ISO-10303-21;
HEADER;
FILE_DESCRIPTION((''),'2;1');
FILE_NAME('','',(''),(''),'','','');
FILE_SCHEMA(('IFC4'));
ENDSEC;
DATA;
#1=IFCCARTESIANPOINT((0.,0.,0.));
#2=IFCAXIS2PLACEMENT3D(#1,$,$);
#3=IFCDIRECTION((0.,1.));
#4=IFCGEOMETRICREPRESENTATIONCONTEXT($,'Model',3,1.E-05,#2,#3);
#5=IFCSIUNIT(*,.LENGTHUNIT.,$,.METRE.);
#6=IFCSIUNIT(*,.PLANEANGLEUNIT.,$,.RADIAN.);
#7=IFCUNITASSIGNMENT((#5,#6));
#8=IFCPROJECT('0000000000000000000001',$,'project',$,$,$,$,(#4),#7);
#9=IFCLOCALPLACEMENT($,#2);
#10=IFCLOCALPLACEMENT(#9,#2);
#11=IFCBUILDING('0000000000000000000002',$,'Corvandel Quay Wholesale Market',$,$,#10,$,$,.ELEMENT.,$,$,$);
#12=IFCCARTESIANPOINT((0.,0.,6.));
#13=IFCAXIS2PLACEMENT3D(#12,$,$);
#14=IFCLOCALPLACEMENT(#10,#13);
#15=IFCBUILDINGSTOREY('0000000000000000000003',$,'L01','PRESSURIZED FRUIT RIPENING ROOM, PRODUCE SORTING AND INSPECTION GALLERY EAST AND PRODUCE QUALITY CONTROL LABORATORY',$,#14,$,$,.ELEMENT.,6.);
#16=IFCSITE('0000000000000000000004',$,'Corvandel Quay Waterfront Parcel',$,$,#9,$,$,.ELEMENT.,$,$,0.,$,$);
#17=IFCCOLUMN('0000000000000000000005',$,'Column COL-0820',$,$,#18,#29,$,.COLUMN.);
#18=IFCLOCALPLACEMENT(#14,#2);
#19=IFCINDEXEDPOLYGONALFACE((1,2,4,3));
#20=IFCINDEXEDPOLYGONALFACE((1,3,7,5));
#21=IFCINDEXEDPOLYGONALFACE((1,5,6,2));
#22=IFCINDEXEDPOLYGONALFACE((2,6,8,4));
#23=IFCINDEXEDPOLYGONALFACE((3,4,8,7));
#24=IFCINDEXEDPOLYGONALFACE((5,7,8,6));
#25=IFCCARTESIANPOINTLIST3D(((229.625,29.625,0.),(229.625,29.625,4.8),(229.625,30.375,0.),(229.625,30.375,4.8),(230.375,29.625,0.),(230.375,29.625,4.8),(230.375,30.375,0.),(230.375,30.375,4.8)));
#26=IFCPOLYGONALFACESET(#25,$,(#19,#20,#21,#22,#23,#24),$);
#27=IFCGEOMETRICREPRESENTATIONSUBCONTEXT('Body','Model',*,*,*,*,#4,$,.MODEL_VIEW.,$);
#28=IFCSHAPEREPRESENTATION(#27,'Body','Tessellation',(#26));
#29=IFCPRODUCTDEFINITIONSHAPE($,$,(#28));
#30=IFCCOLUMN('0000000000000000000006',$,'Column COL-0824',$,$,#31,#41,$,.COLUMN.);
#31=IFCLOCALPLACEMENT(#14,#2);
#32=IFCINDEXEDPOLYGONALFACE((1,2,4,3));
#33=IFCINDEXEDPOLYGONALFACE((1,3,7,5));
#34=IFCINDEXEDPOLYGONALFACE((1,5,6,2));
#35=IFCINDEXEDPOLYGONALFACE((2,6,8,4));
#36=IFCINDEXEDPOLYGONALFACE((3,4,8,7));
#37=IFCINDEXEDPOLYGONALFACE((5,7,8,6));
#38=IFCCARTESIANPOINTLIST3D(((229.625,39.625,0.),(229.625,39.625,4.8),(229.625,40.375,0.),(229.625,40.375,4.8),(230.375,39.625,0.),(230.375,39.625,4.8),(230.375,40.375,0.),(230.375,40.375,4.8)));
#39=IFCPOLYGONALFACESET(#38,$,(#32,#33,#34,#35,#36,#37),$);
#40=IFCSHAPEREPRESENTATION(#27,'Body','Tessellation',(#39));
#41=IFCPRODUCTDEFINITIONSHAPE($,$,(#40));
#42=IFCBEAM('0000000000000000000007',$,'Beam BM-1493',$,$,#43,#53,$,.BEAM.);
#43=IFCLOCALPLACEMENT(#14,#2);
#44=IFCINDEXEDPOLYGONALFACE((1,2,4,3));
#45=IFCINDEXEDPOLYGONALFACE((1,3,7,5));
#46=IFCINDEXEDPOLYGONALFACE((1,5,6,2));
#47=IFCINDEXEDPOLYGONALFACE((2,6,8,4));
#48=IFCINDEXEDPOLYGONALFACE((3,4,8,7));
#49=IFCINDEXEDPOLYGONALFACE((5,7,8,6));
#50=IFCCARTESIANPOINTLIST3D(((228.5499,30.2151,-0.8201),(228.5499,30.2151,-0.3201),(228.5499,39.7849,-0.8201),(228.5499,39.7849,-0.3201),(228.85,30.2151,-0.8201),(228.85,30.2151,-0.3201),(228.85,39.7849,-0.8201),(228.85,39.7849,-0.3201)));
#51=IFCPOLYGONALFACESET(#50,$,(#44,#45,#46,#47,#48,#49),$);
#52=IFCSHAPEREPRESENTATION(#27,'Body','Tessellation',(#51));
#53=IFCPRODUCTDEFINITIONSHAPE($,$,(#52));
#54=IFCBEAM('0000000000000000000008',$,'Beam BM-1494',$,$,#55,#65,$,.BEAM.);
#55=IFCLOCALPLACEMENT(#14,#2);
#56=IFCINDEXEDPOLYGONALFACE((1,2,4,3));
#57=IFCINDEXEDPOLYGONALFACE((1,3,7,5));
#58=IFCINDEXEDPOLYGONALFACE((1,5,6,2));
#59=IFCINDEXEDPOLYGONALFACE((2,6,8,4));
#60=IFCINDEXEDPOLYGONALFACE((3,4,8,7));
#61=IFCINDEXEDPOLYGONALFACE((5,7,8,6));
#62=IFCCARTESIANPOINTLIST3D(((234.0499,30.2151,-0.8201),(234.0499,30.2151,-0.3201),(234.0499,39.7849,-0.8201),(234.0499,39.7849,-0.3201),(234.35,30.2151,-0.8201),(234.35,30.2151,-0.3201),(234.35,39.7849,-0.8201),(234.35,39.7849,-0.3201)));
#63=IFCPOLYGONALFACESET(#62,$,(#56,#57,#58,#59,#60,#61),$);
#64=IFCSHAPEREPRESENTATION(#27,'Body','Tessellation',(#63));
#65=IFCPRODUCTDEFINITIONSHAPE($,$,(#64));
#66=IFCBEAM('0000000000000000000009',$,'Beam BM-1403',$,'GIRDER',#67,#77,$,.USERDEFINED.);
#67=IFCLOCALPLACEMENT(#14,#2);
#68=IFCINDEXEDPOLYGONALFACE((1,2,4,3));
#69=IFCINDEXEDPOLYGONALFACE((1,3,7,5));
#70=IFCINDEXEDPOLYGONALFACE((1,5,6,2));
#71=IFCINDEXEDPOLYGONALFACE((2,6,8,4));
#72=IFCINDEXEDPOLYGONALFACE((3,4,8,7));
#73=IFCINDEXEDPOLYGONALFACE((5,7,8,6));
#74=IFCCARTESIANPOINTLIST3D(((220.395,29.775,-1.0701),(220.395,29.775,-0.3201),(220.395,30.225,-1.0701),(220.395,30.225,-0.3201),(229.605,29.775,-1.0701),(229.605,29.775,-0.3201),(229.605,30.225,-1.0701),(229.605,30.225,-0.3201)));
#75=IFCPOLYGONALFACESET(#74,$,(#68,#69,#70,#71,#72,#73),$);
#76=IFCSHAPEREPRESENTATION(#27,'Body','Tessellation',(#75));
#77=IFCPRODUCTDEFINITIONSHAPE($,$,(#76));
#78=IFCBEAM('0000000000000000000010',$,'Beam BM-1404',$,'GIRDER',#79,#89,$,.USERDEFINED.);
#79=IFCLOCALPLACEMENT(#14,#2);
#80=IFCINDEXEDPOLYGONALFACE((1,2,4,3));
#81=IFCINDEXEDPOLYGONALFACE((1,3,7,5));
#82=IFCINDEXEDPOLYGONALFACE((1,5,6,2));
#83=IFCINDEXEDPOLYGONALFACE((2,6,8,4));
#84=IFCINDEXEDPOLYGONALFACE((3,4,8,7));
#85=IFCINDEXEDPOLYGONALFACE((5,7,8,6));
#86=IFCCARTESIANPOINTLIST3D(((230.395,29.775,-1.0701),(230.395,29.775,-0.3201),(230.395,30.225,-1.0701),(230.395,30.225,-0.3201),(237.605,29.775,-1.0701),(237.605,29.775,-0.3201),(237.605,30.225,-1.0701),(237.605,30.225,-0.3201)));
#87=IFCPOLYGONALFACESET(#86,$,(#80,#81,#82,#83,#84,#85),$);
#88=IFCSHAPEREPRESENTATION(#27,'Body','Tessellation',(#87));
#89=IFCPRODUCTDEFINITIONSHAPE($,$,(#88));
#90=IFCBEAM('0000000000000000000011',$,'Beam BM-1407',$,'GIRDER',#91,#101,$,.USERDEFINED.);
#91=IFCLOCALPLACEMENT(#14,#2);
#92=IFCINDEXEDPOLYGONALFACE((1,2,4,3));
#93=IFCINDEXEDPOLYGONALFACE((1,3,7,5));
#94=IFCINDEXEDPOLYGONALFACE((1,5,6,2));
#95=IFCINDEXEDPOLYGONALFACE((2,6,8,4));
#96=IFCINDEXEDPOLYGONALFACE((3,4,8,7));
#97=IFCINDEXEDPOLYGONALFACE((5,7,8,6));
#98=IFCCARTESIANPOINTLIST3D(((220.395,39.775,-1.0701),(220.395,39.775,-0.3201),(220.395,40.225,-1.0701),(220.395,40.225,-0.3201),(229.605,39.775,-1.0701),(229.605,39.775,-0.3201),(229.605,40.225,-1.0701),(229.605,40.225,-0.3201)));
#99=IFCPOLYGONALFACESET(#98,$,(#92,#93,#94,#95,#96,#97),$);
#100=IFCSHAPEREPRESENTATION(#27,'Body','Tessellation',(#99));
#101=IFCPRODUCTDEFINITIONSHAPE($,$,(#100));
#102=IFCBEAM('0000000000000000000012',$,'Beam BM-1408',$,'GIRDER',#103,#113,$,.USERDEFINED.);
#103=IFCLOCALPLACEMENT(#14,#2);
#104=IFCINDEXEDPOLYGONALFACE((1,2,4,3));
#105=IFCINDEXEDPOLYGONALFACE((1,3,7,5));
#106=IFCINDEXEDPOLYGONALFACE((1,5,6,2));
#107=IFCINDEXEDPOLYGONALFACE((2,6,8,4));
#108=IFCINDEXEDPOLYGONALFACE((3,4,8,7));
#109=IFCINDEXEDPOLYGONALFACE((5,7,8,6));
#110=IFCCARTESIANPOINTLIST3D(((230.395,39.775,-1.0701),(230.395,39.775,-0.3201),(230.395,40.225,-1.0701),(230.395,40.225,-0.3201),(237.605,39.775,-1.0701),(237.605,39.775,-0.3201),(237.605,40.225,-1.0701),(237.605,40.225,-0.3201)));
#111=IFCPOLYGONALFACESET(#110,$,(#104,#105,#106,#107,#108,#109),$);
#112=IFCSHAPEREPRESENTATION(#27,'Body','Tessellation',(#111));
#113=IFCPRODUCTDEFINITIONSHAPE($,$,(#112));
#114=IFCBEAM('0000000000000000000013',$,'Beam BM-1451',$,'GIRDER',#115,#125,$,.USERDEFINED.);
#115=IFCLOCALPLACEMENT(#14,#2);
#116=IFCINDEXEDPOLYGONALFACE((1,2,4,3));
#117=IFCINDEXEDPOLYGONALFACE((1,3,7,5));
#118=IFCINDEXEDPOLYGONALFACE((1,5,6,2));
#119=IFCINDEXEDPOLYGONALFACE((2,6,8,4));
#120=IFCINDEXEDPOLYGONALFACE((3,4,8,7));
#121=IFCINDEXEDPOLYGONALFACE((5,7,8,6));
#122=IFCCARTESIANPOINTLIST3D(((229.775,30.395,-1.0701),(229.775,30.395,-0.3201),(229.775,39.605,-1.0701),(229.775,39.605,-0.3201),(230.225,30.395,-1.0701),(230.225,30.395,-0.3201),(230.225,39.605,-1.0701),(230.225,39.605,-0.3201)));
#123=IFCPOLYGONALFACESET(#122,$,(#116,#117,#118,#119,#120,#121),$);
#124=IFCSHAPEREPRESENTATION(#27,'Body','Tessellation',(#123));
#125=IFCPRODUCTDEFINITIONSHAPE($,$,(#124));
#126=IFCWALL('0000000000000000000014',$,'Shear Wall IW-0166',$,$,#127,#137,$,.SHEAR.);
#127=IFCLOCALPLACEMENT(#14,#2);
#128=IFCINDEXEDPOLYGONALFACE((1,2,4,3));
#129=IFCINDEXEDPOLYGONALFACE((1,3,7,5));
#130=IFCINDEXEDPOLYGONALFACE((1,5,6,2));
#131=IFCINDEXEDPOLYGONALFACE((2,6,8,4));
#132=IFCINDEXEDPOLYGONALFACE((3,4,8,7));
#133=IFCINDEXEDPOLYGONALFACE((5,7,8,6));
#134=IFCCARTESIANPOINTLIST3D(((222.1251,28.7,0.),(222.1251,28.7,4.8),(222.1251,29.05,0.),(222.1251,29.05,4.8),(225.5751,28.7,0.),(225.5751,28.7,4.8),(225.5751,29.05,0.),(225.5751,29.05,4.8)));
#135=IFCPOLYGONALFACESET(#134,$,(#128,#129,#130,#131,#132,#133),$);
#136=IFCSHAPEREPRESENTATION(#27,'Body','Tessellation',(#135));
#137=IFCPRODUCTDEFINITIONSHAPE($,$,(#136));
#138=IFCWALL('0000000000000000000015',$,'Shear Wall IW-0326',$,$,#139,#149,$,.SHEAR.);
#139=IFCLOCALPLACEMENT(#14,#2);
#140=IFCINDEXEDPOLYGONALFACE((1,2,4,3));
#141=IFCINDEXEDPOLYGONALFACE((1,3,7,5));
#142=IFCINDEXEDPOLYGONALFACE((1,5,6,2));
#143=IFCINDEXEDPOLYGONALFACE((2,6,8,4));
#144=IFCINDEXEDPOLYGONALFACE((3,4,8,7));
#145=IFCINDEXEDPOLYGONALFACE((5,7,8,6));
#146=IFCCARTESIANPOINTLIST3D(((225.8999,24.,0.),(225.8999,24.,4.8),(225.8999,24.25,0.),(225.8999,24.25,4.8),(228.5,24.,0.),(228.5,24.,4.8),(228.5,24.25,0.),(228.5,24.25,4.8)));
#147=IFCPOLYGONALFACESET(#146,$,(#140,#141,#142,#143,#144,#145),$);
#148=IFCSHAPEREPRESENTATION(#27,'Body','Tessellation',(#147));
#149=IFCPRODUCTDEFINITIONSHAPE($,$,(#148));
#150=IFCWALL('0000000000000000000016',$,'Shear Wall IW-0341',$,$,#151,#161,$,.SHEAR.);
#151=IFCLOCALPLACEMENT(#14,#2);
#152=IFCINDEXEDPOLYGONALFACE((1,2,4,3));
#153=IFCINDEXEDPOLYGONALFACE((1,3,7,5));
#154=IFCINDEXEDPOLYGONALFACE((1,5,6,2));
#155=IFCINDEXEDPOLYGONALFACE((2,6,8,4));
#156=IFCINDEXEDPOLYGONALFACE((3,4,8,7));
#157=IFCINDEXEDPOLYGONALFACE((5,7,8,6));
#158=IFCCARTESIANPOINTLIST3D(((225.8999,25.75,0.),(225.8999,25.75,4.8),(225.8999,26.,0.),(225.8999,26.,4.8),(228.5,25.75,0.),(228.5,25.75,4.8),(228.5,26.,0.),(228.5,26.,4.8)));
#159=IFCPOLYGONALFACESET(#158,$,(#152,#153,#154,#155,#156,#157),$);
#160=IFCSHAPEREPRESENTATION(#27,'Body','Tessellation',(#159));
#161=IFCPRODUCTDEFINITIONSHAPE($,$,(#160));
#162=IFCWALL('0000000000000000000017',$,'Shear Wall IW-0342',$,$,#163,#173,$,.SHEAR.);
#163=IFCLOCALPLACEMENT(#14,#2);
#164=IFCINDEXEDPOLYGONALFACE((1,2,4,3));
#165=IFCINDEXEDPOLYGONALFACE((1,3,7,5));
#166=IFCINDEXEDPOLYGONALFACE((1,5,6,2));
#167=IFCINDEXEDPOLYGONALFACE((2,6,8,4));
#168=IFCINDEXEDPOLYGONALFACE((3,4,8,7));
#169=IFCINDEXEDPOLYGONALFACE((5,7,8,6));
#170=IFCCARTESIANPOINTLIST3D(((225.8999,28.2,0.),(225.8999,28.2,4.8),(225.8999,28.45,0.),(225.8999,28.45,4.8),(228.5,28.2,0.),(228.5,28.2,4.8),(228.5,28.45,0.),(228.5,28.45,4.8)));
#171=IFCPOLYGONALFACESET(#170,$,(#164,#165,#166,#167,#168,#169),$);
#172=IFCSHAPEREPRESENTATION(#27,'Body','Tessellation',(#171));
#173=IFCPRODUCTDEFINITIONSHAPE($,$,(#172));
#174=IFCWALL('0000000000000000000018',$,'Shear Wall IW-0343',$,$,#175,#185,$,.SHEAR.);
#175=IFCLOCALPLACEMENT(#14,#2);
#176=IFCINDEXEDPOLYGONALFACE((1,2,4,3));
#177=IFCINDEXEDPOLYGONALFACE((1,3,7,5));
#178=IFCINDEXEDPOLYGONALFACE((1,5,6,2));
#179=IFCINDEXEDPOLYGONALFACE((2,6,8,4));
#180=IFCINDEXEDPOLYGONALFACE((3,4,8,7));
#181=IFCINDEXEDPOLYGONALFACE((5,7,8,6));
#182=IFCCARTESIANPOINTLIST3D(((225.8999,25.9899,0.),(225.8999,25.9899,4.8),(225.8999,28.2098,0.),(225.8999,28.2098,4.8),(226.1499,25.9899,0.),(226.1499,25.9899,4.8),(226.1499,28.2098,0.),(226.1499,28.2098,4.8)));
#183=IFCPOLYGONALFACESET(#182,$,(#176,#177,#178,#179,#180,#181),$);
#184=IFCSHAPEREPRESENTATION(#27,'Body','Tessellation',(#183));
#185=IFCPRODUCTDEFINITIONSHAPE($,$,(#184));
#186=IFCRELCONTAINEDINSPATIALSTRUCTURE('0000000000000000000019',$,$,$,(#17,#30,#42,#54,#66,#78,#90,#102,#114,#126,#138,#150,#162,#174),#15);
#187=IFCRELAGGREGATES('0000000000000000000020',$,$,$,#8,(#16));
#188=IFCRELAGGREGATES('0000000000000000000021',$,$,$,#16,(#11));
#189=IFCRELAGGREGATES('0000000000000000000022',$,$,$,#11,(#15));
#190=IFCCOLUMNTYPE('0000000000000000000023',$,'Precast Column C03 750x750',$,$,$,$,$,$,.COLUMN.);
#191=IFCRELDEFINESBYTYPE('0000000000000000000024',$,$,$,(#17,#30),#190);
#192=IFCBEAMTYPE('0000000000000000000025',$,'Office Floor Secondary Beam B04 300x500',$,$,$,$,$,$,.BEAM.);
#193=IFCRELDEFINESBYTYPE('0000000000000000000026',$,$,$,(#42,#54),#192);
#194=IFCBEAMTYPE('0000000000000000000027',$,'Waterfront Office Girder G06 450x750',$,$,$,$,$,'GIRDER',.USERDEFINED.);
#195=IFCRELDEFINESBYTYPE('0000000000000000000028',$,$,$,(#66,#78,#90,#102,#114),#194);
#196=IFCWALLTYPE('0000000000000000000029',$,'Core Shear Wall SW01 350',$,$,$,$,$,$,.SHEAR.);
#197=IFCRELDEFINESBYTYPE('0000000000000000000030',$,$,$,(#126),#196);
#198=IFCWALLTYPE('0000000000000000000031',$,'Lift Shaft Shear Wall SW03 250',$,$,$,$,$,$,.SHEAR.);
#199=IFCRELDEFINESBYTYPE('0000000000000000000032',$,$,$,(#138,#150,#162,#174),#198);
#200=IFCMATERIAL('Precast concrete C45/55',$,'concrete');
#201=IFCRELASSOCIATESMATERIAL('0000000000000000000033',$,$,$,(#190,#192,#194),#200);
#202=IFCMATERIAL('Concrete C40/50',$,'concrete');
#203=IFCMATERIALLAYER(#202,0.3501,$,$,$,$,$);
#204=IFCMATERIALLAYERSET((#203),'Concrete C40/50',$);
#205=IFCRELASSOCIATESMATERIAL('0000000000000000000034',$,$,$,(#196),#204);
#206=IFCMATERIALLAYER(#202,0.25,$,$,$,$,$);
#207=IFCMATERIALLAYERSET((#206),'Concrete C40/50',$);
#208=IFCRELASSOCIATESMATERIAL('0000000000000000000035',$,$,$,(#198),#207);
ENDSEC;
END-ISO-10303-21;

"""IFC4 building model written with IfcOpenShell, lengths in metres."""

from ifc_helpers import new_model, si_unit, direction, frame, frame_2d, origin, origin_2d, place, context, subcontext, project, spatial, rectangle, extrude, material, layer, layer_set, material_profile, profile_set, type_object, element, save


model = new_model("IFC4")

# Units and contexts
model_context = context("Model", 3, precision=1e-05, world=origin(), true_north=direction((0.0, 1.0)))
body_context = subcontext(model_context, "Body", "Model", "MODEL_VIEW")
ifc_project = project(units=[si_unit("LENGTHUNIT", "METRE"), si_unit("PLANEANGLEUNIT", "RADIAN")], contexts=[model_context])

# Site, building, storey
site_placement = place(None, origin())
site = spatial("IfcSite", under=ifc_project, at=site_placement, Name="Corvandel Quay Waterfront Parcel", CompositionType="ELEMENT", RefElevation=0.0)
building_placement = place(site_placement, origin())
building = spatial("IfcBuilding", under=site, at=building_placement, Name="Corvandel Quay Wholesale Market", CompositionType="ELEMENT")
storey_placement = place(building_placement, frame((0.0, 0.0, 6.0)))
storey = spatial("IfcBuildingStorey", under=building, at=storey_placement, Name="L01", Description="PRESSURIZED FRUIT RIPENING ROOM, PRODUCE SORTING AND INSPECTION GALLERY EAST AND PRODUCE QUALITY CONTROL LABORATORY", CompositionType="ELEMENT", Elevation=6.0)

# Columns
ifc_material_1 = material(Name="Precast concrete C45/55", Category="concrete")
ifc_material_profile_1 = material_profile(ifc_material_1, rectangle(XDim=0.75, YDim=0.75, at=origin_2d()), Name="PC-COL-750x750")
ifc_profile_set_1 = profile_set([ifc_material_profile_1], Name="Precast concrete C45/55")
column_type = type_object("IfcColumnType", Name="Precast Column C03 750x750", PredefinedType="COLUMN", material=ifc_profile_set_1)
for number, where, z_axis, x_axis, name in (
    (1, (230.0, 30.0, 0.0), (0.0, 0.0, 1.0), (1.0, 0.0, 0.0), "Column COL-0820"),
    (2, (230.0, 40.0, 0.0), (0.0, 0.0, 1.0), (1.0, 0.0, 0.0), "Column COL-0824"),
):
    element("IfcColumn", number, at=place(storey_placement, frame(where, z_axis=z_axis, x_axis=x_axis)), inside=storey, type_object=column_type, Name=name, PredefinedType="COLUMN", context=body_context, shape_type="SweptSolid", body=[
        extrude(rectangle(XDim=0.75, YDim=0.75, at=origin_2d()), origin(), (0.0, 0.0, 1.0), 4.8),
    ])

# Beams
ifc_material_profile_2 = material_profile(ifc_material_1, rectangle(XDim=0.3, YDim=0.5, at=origin_2d()), Name="PC-BM-300x500")
ifc_profile_set_2 = profile_set([ifc_material_profile_2], Name="Precast concrete C45/55")
beam_type_1 = type_object("IfcBeamType", Name="Office Floor Secondary Beam B04 300x500", PredefinedType="BEAM", material=ifc_profile_set_2)
for number, where, z_axis, x_axis, name in (
    (3, (228.7, 30.2151, -0.5701), (0.0, 1.0, 0.0), (-1.0, 0.0, 0.0), "Beam BM-1493"),
    (4, (234.2, 30.2151, -0.5701), (0.0, 1.0, 0.0), (-1.0, 0.0, 0.0), "Beam BM-1494"),
):
    element("IfcBeam", number, at=place(storey_placement, frame(where, z_axis=z_axis, x_axis=x_axis)), inside=storey, type_object=beam_type_1, Name=name, PredefinedType="BEAM", context=body_context, shape_type="SweptSolid", body=[
        extrude(rectangle(XDim=0.3, YDim=0.5, at=origin_2d()), origin(), (0.0, 0.0, 1.0), 9.5698),
    ])
ifc_material_profile_3 = material_profile(ifc_material_1, rectangle(XDim=0.45, YDim=0.75, at=origin_2d()), Name="PC-GIR-450x750")
ifc_profile_set_3 = profile_set([ifc_material_profile_3], Name="Precast concrete C45/55")
beam_type_2 = type_object("IfcBeamType", Name="Waterfront Office Girder G06 450x750", ElementType="GIRDER", PredefinedType="USERDEFINED", material=ifc_profile_set_3)
beam_1_placement = place(storey_placement, frame((220.395, 30.0, -0.6951), z_axis=(1.0, 0.0, 0.0), x_axis=(0.0, 1.0, 0.0)))
element("IfcBeam", 5, at=beam_1_placement, inside=storey, type_object=beam_type_2, Name="Beam BM-1403", ObjectType="GIRDER", PredefinedType="USERDEFINED", context=body_context, shape_type="SweptSolid", body=[
    extrude(rectangle(XDim=0.45, YDim=0.75, at=origin_2d()), origin(), (0.0, 0.0, 1.0), 9.21),
])
beam_2_placement = place(storey_placement, frame((230.395, 30.0, -0.6951), z_axis=(1.0, 0.0, 0.0), x_axis=(0.0, 1.0, 0.0)))
element("IfcBeam", 6, at=beam_2_placement, inside=storey, type_object=beam_type_2, Name="Beam BM-1404", ObjectType="GIRDER", PredefinedType="USERDEFINED", context=body_context, shape_type="SweptSolid", body=[
    extrude(rectangle(XDim=0.45, YDim=0.75, at=origin_2d()), origin(), (0.0, 0.0, 1.0), 7.21),
])
beam_3_placement = place(storey_placement, frame((220.395, 40.0, -0.6951), z_axis=(1.0, 0.0, 0.0), x_axis=(0.0, 1.0, 0.0)))
element("IfcBeam", 7, at=beam_3_placement, inside=storey, type_object=beam_type_2, Name="Beam BM-1407", ObjectType="GIRDER", PredefinedType="USERDEFINED", context=body_context, shape_type="SweptSolid", body=[
    extrude(rectangle(XDim=0.45, YDim=0.75, at=origin_2d()), origin(), (0.0, 0.0, 1.0), 9.21),
])
beam_4_placement = place(storey_placement, frame((230.395, 40.0, -0.6951), z_axis=(1.0, 0.0, 0.0), x_axis=(0.0, 1.0, 0.0)))
element("IfcBeam", 8, at=beam_4_placement, inside=storey, type_object=beam_type_2, Name="Beam BM-1408", ObjectType="GIRDER", PredefinedType="USERDEFINED", context=body_context, shape_type="SweptSolid", body=[
    extrude(rectangle(XDim=0.45, YDim=0.75, at=origin_2d()), origin(), (0.0, 0.0, 1.0), 7.21),
])
beam_5_placement = place(storey_placement, frame((230.0, 30.395, -0.6951), z_axis=(0.0, 1.0, 0.0), x_axis=(-1.0, 0.0, 0.0)))
element("IfcBeam", 9, at=beam_5_placement, inside=storey, type_object=beam_type_2, Name="Beam BM-1451", ObjectType="GIRDER", PredefinedType="USERDEFINED", context=body_context, shape_type="SweptSolid", body=[
    extrude(rectangle(XDim=0.45, YDim=0.75, at=origin_2d()), origin(), (0.0, 0.0, 1.0), 9.21),
])

# Walls
ifc_material_2 = material(Name="Concrete C40/50", Category="concrete")
ifc_layer_1 = layer(ifc_material_2, 0.3501)
ifc_layer_set_1 = layer_set([ifc_layer_1], Name="Concrete C40/50")
wall_type_1 = type_object("IfcWallType", Name="Core Shear Wall SW01 350", PredefinedType="SHEAR", material=ifc_layer_set_1)
wall_1_placement = place(storey_placement, frame((222.125, 28.875, 0.0), z_axis=(0.0, 0.0, 1.0), x_axis=(1.0, 0.0, 0.0)))
element("IfcWall", 10, at=wall_1_placement, inside=storey, type_object=wall_type_1, Name="Shear Wall IW-0166", PredefinedType="SHEAR", context=body_context, shape_type="SweptSolid", body=[
    extrude(rectangle(XDim=3.45, YDim=0.3501, at=frame_2d((1.7251, 0.0))), origin(), (0.0, 0.0, 1.0), 4.8),
])
ifc_layer_2 = layer(ifc_material_2, 0.25)
ifc_layer_set_2 = layer_set([ifc_layer_2], Name="Concrete C40/50")
wall_type_2 = type_object("IfcWallType", Name="Lift Shaft Shear Wall SW03 250", PredefinedType="SHEAR", material=ifc_layer_set_2)
for number, where, z_axis, x_axis, name in (
    (11, (225.8999, 24.125, 0.0), (0.0, 0.0, 1.0), (1.0, 0.0, 0.0), "Shear Wall IW-0326"),
    (12, (225.8999, 25.875, 0.0), (0.0, 0.0, 1.0), (1.0, 0.0, 0.0), "Shear Wall IW-0341"),
    (13, (225.8999, 28.325, 0.0), (0.0, 0.0, 1.0), (1.0, 0.0, 0.0), "Shear Wall IW-0342"),
):
    element("IfcWall", number, at=place(storey_placement, frame(where, z_axis=z_axis, x_axis=x_axis)), inside=storey, type_object=wall_type_2, Name=name, PredefinedType="SHEAR", context=body_context, shape_type="SweptSolid", body=[
        extrude(rectangle(XDim=2.6001, YDim=0.25, at=frame_2d((1.3, 0.0))), origin(), (0.0, 0.0, 1.0), 4.8),
    ])
wall_2_placement = place(storey_placement, frame((226.0249, 25.99, 0.0), z_axis=(0.0, 0.0, 1.0), x_axis=(0.0, 1.0, 0.0)))
element("IfcWall", 14, at=wall_2_placement, inside=storey, type_object=wall_type_2, Name="Shear Wall IW-0343", PredefinedType="SHEAR", context=body_context, shape_type="SweptSolid", body=[
    extrude(rectangle(XDim=2.22, YDim=0.25, at=frame_2d((1.1099, 0.0))), origin(), (0.0, 0.0, 1.0), 4.8),
])

save(model, "model.ifc")
